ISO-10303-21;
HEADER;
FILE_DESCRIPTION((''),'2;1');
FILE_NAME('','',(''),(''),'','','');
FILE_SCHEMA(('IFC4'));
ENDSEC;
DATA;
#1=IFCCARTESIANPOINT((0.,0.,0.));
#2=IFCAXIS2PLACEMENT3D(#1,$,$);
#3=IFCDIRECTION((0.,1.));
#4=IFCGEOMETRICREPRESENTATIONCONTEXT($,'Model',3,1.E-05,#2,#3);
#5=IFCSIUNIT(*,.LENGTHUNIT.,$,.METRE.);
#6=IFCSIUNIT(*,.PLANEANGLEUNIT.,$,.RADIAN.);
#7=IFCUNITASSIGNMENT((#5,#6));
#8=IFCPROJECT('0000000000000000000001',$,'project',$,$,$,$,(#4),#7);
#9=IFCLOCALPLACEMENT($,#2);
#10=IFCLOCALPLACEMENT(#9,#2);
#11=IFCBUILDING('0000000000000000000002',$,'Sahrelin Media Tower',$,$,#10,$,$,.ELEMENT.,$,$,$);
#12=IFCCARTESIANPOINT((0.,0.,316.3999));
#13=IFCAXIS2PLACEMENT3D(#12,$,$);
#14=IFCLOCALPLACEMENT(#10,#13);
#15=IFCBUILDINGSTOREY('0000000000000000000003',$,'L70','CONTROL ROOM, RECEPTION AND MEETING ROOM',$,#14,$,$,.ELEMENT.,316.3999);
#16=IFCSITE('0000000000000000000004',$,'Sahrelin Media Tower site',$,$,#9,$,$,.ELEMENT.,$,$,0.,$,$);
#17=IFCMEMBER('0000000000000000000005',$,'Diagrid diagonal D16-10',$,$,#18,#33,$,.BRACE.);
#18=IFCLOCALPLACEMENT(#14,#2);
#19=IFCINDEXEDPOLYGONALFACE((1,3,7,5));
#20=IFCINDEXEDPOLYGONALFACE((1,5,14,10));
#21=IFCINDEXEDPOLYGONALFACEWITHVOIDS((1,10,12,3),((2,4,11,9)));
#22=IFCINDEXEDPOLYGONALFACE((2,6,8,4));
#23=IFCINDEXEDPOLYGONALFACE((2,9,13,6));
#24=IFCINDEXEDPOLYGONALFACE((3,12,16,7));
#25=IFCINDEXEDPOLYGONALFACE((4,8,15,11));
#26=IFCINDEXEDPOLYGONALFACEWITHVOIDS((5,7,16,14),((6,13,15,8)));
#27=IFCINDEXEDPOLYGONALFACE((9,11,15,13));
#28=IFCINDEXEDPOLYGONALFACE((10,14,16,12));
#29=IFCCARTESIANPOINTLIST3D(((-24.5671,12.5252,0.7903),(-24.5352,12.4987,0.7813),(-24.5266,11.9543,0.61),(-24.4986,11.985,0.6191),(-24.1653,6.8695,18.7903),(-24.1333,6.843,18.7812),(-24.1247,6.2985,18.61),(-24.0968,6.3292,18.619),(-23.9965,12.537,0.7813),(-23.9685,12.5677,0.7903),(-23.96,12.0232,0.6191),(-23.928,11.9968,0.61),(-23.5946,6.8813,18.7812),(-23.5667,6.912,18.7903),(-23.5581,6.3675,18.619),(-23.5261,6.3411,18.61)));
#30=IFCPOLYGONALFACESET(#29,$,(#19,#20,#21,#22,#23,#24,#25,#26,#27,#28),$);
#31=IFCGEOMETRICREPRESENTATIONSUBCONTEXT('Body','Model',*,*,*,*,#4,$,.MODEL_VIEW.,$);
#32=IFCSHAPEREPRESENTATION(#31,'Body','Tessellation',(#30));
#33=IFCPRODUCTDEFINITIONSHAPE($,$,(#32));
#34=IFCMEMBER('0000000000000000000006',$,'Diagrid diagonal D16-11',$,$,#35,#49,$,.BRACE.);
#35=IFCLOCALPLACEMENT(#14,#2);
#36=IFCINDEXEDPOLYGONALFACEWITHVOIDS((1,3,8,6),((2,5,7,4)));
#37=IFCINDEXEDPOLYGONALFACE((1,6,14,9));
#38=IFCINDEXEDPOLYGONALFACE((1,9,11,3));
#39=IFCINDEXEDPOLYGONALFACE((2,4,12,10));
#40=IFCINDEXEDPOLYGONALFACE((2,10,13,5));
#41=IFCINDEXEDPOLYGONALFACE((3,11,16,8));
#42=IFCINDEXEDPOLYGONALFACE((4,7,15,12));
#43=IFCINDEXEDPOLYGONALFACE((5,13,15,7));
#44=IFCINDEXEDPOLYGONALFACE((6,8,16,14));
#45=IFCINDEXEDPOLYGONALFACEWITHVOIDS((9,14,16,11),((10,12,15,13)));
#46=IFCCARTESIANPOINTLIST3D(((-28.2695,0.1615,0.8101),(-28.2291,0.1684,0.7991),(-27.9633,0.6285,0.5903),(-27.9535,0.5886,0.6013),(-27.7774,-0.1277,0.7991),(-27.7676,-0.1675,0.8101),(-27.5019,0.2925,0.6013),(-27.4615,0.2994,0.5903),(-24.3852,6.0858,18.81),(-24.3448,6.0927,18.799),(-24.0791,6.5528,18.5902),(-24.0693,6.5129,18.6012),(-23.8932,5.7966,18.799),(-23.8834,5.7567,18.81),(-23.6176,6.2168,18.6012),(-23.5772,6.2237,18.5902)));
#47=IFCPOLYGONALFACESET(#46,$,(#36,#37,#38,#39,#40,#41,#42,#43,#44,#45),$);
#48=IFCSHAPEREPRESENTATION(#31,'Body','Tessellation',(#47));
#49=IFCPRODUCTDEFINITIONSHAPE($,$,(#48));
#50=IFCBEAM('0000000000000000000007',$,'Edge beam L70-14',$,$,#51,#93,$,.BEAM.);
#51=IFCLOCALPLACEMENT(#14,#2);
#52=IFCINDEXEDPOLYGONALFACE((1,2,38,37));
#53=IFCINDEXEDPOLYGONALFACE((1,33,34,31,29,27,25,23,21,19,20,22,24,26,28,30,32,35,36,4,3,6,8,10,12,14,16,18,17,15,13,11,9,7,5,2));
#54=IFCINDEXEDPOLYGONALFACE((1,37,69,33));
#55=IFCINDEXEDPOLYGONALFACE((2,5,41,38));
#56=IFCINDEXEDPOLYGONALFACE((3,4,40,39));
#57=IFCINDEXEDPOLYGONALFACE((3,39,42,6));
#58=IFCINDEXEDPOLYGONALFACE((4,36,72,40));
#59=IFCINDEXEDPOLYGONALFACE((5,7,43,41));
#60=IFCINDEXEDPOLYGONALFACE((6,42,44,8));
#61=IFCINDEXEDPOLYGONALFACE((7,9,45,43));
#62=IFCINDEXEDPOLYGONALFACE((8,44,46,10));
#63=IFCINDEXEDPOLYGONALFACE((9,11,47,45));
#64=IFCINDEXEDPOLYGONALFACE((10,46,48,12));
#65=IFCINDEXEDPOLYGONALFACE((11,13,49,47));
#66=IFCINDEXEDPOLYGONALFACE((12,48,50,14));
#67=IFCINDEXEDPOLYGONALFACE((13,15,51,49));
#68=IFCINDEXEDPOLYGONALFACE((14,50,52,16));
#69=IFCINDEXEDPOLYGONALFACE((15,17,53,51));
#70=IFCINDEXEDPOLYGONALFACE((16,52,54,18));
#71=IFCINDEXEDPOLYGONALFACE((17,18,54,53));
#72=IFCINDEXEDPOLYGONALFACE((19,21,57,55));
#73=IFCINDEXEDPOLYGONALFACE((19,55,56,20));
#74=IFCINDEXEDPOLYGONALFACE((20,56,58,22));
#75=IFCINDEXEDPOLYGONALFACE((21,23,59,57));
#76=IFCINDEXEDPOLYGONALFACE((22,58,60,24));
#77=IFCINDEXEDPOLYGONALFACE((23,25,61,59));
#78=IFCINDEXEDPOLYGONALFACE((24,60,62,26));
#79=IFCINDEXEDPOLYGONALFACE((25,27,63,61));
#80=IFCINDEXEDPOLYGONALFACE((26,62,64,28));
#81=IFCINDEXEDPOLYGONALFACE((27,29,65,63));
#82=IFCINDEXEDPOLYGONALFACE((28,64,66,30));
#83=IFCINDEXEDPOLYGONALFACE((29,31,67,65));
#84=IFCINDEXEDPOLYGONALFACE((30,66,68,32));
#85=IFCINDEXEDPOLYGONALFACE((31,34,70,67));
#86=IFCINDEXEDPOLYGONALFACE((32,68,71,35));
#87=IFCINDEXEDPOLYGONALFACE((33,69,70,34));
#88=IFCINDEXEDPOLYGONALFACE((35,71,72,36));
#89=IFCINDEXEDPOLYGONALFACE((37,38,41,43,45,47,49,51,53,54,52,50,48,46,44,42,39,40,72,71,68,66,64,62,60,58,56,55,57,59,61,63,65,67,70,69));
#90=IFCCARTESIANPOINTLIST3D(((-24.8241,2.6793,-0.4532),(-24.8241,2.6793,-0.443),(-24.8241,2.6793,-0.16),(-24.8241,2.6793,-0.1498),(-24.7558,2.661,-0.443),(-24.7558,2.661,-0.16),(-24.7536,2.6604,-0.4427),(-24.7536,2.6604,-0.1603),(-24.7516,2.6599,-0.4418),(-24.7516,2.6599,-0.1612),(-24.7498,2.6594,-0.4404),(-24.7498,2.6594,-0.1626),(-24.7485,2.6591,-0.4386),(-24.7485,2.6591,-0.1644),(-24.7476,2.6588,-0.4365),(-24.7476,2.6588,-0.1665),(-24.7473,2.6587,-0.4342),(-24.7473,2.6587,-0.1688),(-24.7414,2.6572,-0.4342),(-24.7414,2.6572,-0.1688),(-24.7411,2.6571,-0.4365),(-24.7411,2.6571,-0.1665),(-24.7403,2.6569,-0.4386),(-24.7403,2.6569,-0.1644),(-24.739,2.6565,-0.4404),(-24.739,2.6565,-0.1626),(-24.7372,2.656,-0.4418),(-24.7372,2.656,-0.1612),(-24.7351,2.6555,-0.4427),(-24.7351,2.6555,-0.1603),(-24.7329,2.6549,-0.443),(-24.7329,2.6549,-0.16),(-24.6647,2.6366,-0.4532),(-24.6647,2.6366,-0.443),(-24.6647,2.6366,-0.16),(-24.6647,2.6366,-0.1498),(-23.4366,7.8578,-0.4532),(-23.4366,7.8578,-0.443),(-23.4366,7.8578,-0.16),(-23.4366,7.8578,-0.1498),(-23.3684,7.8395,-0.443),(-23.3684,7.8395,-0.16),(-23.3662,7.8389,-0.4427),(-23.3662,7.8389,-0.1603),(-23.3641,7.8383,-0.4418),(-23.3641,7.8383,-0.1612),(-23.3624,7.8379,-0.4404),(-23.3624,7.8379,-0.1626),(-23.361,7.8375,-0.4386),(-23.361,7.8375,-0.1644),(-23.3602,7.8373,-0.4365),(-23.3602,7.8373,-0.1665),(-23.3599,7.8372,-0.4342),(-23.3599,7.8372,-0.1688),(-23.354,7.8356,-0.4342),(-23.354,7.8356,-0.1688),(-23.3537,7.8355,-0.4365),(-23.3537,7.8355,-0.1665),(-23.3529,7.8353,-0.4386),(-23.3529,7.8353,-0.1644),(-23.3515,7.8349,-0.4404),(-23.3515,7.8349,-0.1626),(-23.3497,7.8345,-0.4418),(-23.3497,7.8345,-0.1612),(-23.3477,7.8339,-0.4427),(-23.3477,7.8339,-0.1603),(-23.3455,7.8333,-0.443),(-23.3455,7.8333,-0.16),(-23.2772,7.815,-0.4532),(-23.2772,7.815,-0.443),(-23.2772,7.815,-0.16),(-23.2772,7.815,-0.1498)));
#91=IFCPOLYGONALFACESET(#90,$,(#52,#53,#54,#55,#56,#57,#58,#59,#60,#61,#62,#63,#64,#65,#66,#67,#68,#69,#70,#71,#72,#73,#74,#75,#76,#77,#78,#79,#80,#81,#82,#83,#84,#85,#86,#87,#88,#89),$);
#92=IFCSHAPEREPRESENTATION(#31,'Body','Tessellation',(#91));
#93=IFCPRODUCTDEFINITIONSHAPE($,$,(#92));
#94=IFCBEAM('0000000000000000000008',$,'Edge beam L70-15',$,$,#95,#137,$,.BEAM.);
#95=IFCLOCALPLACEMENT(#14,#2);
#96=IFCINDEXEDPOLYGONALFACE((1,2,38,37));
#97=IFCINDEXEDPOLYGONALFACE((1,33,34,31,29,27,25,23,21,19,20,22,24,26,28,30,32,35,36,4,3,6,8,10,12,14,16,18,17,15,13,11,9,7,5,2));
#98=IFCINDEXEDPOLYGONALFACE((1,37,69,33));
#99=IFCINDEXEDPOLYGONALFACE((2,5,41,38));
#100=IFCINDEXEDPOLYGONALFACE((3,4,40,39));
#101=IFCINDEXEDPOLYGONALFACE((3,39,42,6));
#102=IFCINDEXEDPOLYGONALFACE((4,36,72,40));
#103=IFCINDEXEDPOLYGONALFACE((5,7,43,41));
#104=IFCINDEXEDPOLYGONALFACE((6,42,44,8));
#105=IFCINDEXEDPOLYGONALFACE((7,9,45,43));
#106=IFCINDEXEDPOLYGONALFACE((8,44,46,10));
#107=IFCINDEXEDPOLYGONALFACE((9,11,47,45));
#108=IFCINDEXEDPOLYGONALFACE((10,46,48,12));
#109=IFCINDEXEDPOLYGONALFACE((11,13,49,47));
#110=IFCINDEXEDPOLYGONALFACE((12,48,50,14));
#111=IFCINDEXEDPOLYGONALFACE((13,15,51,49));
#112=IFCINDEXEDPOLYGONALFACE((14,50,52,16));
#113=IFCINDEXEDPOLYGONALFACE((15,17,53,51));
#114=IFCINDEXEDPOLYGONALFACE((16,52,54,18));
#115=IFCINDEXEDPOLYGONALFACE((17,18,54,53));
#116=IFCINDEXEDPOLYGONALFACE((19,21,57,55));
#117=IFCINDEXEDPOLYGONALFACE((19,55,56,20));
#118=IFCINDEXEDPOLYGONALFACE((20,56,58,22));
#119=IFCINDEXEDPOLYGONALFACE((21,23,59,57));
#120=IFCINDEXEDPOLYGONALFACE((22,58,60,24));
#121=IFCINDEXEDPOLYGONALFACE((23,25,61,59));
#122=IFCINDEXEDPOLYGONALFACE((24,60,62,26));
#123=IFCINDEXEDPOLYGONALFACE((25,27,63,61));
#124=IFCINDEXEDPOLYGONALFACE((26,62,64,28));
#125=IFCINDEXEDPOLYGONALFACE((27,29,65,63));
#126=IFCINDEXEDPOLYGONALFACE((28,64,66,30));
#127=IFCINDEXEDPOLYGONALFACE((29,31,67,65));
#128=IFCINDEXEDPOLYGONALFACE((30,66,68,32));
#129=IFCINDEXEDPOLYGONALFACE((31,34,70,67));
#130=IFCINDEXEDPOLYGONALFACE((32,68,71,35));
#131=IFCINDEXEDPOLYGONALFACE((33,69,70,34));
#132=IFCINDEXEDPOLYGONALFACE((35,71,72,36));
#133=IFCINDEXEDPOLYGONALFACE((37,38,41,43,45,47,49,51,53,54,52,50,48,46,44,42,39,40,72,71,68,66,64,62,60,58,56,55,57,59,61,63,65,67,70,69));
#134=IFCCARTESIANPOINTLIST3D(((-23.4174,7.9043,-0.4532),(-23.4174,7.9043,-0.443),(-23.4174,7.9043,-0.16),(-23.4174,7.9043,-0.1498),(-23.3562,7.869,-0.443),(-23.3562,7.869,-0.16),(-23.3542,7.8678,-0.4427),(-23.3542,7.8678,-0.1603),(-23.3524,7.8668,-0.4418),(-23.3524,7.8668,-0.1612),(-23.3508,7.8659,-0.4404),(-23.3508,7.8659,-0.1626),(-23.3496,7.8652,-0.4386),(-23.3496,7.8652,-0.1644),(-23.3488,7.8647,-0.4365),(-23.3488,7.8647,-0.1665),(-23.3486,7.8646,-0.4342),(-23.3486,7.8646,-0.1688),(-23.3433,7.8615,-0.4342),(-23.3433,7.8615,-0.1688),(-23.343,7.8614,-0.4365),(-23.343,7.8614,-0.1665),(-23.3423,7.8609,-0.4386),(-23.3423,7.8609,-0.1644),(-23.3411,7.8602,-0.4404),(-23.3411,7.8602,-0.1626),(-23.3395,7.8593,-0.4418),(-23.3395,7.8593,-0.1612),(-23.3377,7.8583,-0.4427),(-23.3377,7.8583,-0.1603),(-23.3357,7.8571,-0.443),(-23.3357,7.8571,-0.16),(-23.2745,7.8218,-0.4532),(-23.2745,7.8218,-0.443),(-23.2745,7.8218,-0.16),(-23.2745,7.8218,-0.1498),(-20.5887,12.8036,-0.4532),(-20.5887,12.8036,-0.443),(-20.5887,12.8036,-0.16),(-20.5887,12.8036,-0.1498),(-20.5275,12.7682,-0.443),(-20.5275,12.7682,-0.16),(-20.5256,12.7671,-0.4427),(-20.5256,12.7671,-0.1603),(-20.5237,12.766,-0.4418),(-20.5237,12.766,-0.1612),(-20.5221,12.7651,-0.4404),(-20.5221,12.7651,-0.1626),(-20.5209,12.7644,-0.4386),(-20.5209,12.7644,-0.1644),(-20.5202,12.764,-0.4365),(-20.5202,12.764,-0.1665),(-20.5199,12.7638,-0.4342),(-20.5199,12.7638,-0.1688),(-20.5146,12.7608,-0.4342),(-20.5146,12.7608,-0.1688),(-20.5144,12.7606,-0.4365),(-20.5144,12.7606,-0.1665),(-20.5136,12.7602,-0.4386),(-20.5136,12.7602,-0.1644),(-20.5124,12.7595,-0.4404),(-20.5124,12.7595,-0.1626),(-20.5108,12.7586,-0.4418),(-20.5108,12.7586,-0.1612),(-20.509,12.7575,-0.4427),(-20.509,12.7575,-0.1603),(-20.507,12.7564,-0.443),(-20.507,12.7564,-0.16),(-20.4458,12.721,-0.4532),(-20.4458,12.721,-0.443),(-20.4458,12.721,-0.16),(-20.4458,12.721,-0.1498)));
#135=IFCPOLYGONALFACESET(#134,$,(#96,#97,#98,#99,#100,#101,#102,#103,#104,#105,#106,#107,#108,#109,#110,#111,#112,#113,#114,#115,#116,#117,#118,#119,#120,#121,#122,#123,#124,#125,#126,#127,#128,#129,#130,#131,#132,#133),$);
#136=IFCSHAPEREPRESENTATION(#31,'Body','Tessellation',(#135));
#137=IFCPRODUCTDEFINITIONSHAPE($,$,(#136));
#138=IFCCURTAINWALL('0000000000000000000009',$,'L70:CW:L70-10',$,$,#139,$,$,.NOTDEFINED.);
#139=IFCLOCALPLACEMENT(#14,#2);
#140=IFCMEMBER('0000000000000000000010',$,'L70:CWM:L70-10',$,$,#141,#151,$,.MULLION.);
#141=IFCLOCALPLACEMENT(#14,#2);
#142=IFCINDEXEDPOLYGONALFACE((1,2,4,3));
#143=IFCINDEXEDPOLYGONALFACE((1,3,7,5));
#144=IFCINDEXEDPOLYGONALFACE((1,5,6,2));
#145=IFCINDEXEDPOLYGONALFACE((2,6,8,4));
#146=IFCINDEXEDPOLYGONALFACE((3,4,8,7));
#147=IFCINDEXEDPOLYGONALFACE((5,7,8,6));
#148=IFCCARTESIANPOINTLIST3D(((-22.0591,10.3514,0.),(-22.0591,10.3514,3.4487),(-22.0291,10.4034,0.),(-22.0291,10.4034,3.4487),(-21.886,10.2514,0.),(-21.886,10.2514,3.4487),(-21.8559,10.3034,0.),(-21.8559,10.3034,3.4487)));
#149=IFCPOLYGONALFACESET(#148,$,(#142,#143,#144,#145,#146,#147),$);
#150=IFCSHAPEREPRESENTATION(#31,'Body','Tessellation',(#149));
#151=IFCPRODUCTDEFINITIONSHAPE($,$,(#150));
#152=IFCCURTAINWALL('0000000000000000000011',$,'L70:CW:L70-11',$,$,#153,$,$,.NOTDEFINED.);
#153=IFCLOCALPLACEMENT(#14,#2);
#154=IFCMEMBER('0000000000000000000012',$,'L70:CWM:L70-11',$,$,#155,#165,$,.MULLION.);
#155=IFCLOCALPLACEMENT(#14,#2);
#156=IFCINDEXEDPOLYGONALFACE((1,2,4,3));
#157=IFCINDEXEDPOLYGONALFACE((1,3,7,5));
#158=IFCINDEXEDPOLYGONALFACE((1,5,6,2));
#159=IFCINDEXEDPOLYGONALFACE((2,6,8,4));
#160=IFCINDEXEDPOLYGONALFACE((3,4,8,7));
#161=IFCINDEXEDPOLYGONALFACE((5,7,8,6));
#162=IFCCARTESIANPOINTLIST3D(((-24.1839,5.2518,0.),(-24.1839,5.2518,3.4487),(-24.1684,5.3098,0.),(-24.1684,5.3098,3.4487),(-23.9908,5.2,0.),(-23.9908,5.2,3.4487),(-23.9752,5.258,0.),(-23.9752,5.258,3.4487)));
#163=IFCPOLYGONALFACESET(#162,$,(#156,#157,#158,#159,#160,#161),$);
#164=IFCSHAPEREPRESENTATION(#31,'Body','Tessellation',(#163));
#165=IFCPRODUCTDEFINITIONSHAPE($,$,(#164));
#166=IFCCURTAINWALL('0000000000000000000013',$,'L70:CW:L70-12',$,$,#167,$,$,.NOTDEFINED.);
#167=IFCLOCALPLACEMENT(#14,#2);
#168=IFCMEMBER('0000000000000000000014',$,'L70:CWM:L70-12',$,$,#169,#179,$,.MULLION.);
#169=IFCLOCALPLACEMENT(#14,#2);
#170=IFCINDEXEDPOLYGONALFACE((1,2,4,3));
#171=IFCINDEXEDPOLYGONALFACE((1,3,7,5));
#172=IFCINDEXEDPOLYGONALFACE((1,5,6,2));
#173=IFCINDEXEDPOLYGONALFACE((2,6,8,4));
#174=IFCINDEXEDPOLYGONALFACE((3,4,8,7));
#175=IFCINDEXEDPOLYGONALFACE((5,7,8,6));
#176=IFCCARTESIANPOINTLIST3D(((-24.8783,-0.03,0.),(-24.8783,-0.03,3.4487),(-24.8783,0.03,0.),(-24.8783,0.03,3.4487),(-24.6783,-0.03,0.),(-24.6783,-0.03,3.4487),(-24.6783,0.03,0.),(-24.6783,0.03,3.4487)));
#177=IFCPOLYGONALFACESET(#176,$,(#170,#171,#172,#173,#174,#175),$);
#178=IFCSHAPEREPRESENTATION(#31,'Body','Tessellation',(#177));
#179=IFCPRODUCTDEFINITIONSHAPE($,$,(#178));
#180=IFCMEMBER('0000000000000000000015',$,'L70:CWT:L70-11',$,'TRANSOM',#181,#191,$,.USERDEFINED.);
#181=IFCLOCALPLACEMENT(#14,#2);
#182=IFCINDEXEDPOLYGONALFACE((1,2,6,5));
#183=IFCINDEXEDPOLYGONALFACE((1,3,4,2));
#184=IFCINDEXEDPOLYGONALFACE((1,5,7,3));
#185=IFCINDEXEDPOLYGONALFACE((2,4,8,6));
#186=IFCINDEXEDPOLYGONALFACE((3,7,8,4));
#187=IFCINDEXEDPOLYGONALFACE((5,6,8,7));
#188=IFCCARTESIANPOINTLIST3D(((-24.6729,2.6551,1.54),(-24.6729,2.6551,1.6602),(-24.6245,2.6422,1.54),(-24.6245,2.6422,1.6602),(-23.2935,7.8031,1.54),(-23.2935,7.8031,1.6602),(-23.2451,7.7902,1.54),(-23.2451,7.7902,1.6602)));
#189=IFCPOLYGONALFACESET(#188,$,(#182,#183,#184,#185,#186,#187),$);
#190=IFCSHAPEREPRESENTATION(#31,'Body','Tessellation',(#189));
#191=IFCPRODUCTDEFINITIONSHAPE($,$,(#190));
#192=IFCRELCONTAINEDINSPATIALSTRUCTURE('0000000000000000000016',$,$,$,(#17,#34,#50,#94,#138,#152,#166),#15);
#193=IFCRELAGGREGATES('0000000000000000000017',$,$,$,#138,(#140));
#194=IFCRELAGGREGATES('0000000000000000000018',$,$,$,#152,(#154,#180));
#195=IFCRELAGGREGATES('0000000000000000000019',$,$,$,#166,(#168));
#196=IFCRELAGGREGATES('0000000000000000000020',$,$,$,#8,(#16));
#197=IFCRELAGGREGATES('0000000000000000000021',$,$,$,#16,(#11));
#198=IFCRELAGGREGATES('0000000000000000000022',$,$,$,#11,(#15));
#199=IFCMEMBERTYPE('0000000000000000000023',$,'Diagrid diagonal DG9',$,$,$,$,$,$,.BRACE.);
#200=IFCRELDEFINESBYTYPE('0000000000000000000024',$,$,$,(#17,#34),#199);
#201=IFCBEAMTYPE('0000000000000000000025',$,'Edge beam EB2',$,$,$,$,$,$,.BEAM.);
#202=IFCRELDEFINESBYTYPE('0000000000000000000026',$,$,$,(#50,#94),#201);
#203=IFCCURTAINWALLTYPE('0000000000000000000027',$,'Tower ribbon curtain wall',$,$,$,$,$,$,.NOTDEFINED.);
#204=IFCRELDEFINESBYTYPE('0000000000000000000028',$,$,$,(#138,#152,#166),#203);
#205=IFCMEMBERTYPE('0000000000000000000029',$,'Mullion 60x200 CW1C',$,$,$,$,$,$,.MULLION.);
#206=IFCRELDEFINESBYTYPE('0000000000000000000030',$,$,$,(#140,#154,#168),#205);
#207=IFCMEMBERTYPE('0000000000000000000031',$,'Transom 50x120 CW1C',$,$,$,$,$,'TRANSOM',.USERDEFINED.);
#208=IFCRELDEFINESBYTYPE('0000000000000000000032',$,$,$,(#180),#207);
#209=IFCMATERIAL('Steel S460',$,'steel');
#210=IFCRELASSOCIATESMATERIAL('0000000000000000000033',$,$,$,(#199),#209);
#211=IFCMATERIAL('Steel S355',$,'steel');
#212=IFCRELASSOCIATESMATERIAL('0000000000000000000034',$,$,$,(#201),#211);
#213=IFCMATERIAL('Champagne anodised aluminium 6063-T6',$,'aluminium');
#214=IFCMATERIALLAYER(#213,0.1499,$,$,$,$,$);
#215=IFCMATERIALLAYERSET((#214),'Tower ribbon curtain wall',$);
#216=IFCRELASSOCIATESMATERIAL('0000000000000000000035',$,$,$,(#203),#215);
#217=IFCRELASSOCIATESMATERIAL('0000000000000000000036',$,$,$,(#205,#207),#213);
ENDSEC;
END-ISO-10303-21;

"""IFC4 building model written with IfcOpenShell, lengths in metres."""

from ifc_helpers import new_model, si_unit, direction, frame, origin, origin_2d, place, context, subcontext, project, spatial, rectangle, hollow_rectangle, i_section, extrude, material, layer, layer_set, material_profile, profile_set, type_object, element, aggregate, save


model = new_model("IFC4")

# Units and contexts
model_context = context("Model", 3, precision=1e-05, world=origin(), true_north=direction((0.0, 1.0)))
body_context = subcontext(model_context, "Body", "Model", "MODEL_VIEW")
ifc_project = project(units=[si_unit("LENGTHUNIT", "METRE"), si_unit("PLANEANGLEUNIT", "RADIAN")], contexts=[model_context])

# Site, building, storey
site_placement = place(None, origin())
site = spatial("IfcSite", under=ifc_project, at=site_placement, Name="Sahrelin Media Tower site", CompositionType="ELEMENT", RefElevation=0.0)
building_placement = place(site_placement, origin())
building = spatial("IfcBuilding", under=site, at=building_placement, Name="Sahrelin Media Tower", CompositionType="ELEMENT")
storey_placement = place(building_placement, frame((0.0, 0.0, 316.3999)))
storey = spatial("IfcBuildingStorey", under=building, at=storey_placement, Name="L70", Description="CONTROL ROOM, RECEPTION AND MEETING ROOM", CompositionType="ELEMENT", Elevation=316.3999)

# Members
ifc_material_1 = material(Name="Steel S460", Category="steel")
ifc_material_profile_1 = material_profile(ifc_material_1, hollow_rectangle(XDim=0.6001, YDim=0.6001, WallThickness=0.03, at=origin_2d()), Name="Diagrid diagonal DG9")
ifc_profile_set_1 = profile_set([ifc_material_profile_1], Name="Steel S460")
member_type_1 = type_object("IfcMemberType", Name="Diagrid diagonal DG9", PredefinedType="BRACE", material=ifc_profile_set_1)
member_1_placement = place(storey_placement, frame((-24.2476, 12.261, 0.7002), z_axis=(0.021294, -0.299692, 0.953798), x_axis=(0.997485, 0.070874, 0.0)))
element("IfcMember", 1, at=member_1_placement, inside=storey, type_object=member_type_1, Name="Diagrid diagonal D16-10", PredefinedType="BRACE", context=body_context, shape_type="SweptSolid", body=[
    extrude(hollow_rectangle(XDim=0.6001, YDim=0.6001, WallThickness=0.03, at=origin_2d()), origin(), (0.0, 0.0, 1.0), 18.8718),
])
member_2_placement = place(storey_placement, frame((-27.8655, 0.2305, 0.7002), z_axis=(0.200802, 0.306263, 0.930528), x_axis=(-0.836278, 0.548306, 0.0)))
element("IfcMember", 2, at=member_2_placement, inside=storey, type_object=member_type_1, Name="Diagrid diagonal D16-11", PredefinedType="BRACE", context=body_context, shape_type="SweptSolid", body=[
    extrude(hollow_rectangle(XDim=0.6001, YDim=0.6001, WallThickness=0.03, at=origin_2d()), origin(), (0.0, 0.0, 1.0), 19.3438),
])

# Beams
ifc_material_2 = material(Name="Steel S355", Category="steel")
ifc_material_profile_2 = material_profile(ifc_material_2, i_section(OverallWidth=0.165, OverallDepth=0.3035, WebThickness=0.0061, FlangeThickness=0.0103, FilletRadius=0.0088, at=origin_2d()), Name="UB 305x165x40")
ifc_profile_set_2 = profile_set([ifc_material_profile_2], Name="Steel S355")
beam_type = type_object("IfcBeamType", Name="Edge beam EB2", PredefinedType="BEAM", material=ifc_profile_set_2)
beam_1_placement = place(storey_placement, frame((-24.7444, 2.658, -0.3015), z_axis=(0.258799, 0.965931, 0.0), x_axis=(-0.965931, 0.258799, 0.0)))
element("IfcBeam", 3, at=beam_1_placement, inside=storey, type_object=beam_type, Name="Edge beam L70-14", PredefinedType="BEAM", context=body_context, shape_type="SweptSolid", body=[
    extrude(i_section(OverallWidth=0.165, OverallDepth=0.3035, WebThickness=0.0061, FlangeThickness=0.0103, FilletRadius=0.0088, at=origin_2d()), origin(), (0.0, 0.0, 1.0), 5.3611),
])
beam_2_placement = place(storey_placement, frame((-23.3459, 7.863, -0.3015), z_axis=(0.50001, 0.86602, 0.0), x_axis=(-0.86602, 0.50001, 0.0)))
element("IfcBeam", 4, at=beam_2_placement, inside=storey, type_object=beam_type, Name="Edge beam L70-15", PredefinedType="BEAM", context=body_context, shape_type="SweptSolid", body=[
    extrude(i_section(OverallWidth=0.165, OverallDepth=0.3035, WebThickness=0.0061, FlangeThickness=0.0103, FilletRadius=0.0088, at=origin_2d()), origin(), (0.0, 0.0, 1.0), 5.6572),
])

# Curtain walls, members
ifc_material_3 = material(Name="Champagne anodised aluminium 6063-T6", Category="aluminium")
ifc_layer_1 = layer(ifc_material_3, 0.1499)
ifc_layer_set_1 = layer_set([ifc_layer_1], Name="Tower ribbon curtain wall")
curtain_wall_type = type_object("IfcCurtainWallType", Name="Tower ribbon curtain wall", PredefinedType="NOTDEFINED", material=ifc_layer_set_1)
curtain_wall_1_placement = place(storey_placement, frame((-22.0615, 10.3875, 0.0), z_axis=(0.0, 0.0, 1.0), x_axis=(1.0, 0.0, 0.0)))
curtain_wall_1 = element("IfcCurtainWall", 5, at=curtain_wall_1_placement, inside=storey, type_object=curtain_wall_type, Name="L70:CW:L70-10", PredefinedType="NOTDEFINED")
ifc_material_profile_3 = material_profile(ifc_material_3, rectangle(XDim=0.0601, YDim=0.2, at=origin_2d()), Name="Mullion 60x200")
ifc_profile_set_3 = profile_set([ifc_material_profile_3], Name="Champagne anodised aluminium 6063-T6")
member_type_2 = type_object("IfcMemberType", Name="Mullion 60x200 CW1C", PredefinedType="MULLION", material=ifc_profile_set_3)
member_3_placement = place(storey_placement, frame((-21.9575, 10.3274, 0.0), z_axis=(0.0, 0.0, 1.0), x_axis=(-0.500002, -0.866025, 0.0)))
member_3 = element("IfcMember", 6, at=member_3_placement, type_object=member_type_2, Name="L70:CWM:L70-10", PredefinedType="MULLION", context=body_context, shape_type="SweptSolid", body=[
    extrude(rectangle(XDim=0.0601, YDim=0.2, at=origin_2d()), origin(), (0.0, 0.0, 1.0), 3.4487),
])
aggregate(curtain_wall_1, [member_3])
curtain_wall_2_placement = place(storey_placement, frame((-24.1956, 5.2859, 0.0), z_axis=(0.0, 0.0, 1.0), x_axis=(1.0, 0.0, 0.0)))
curtain_wall_2 = element("IfcCurtainWall", 7, at=curtain_wall_2_placement, inside=storey, type_object=curtain_wall_type, Name="L70:CW:L70-11", PredefinedType="NOTDEFINED")
member_4_placement = place(storey_placement, frame((-24.0796, 5.2549, 0.0), z_axis=(0.0, 0.0, 1.0), x_axis=(-0.258821, -0.965925, 0.0)))
member_4 = element("IfcMember", 8, at=member_4_placement, type_object=member_type_2, Name="L70:CWM:L70-11", PredefinedType="MULLION", context=body_context, shape_type="SweptSolid", body=[
    extrude(rectangle(XDim=0.0601, YDim=0.2, at=origin_2d()), origin(), (0.0, 0.0, 1.0), 3.4487),
])
curtain_wall_3_placement = place(storey_placement, frame((-24.8982, 0.0, 0.0), z_axis=(0.0, 0.0, 1.0), x_axis=(1.0, 0.0, 0.0)))
curtain_wall_3 = element("IfcCurtainWall", 9, at=curtain_wall_3_placement, inside=storey, type_object=curtain_wall_type, Name="L70:CW:L70-12", PredefinedType="NOTDEFINED")
member_5_placement = place(storey_placement, frame((-24.7783, 0.0, 0.0), z_axis=(0.0, 0.0, 1.0), x_axis=(0.0, -1.0, 0.0)))
member_5 = element("IfcMember", 10, at=member_5_placement, type_object=member_type_2, Name="L70:CWM:L70-12", PredefinedType="MULLION", context=body_context, shape_type="SweptSolid", body=[
    extrude(rectangle(XDim=0.0601, YDim=0.2, at=origin_2d()), origin(), (0.0, 0.0, 1.0), 3.4487),
])

# Member
ifc_material_profile_4 = material_profile(ifc_material_3, rectangle(XDim=0.05, YDim=0.1201, at=origin_2d()), Name="Transom 50x120")
ifc_profile_set_4 = profile_set([ifc_material_profile_4], Name="Champagne anodised aluminium 6063-T6")
member_type_3 = type_object("IfcMemberType", Name="Transom 50x120 CW1C", ElementType="TRANSOM", PredefinedType="USERDEFINED", material=ifc_profile_set_4)
member_6_placement = place(storey_placement, frame((-23.2693, 7.7966, 1.6001), z_axis=(-0.25882, -0.965926, 0.0), x_axis=(0.965926, -0.25882, 0.0)))
member_6 = element("IfcMember", 11, at=member_6_placement, type_object=member_type_3, Name="L70:CWT:L70-11", ObjectType="TRANSOM", PredefinedType="USERDEFINED", context=body_context, shape_type="SweptSolid", body=[
    extrude(rectangle(XDim=0.05, YDim=0.1201, at=origin_2d()), origin(), (0.0, 0.0, 1.0), 5.3296),
])

aggregate(curtain_wall_2, [member_4, member_6])
aggregate(curtain_wall_3, [member_5])

save(model, "model.ifc")
